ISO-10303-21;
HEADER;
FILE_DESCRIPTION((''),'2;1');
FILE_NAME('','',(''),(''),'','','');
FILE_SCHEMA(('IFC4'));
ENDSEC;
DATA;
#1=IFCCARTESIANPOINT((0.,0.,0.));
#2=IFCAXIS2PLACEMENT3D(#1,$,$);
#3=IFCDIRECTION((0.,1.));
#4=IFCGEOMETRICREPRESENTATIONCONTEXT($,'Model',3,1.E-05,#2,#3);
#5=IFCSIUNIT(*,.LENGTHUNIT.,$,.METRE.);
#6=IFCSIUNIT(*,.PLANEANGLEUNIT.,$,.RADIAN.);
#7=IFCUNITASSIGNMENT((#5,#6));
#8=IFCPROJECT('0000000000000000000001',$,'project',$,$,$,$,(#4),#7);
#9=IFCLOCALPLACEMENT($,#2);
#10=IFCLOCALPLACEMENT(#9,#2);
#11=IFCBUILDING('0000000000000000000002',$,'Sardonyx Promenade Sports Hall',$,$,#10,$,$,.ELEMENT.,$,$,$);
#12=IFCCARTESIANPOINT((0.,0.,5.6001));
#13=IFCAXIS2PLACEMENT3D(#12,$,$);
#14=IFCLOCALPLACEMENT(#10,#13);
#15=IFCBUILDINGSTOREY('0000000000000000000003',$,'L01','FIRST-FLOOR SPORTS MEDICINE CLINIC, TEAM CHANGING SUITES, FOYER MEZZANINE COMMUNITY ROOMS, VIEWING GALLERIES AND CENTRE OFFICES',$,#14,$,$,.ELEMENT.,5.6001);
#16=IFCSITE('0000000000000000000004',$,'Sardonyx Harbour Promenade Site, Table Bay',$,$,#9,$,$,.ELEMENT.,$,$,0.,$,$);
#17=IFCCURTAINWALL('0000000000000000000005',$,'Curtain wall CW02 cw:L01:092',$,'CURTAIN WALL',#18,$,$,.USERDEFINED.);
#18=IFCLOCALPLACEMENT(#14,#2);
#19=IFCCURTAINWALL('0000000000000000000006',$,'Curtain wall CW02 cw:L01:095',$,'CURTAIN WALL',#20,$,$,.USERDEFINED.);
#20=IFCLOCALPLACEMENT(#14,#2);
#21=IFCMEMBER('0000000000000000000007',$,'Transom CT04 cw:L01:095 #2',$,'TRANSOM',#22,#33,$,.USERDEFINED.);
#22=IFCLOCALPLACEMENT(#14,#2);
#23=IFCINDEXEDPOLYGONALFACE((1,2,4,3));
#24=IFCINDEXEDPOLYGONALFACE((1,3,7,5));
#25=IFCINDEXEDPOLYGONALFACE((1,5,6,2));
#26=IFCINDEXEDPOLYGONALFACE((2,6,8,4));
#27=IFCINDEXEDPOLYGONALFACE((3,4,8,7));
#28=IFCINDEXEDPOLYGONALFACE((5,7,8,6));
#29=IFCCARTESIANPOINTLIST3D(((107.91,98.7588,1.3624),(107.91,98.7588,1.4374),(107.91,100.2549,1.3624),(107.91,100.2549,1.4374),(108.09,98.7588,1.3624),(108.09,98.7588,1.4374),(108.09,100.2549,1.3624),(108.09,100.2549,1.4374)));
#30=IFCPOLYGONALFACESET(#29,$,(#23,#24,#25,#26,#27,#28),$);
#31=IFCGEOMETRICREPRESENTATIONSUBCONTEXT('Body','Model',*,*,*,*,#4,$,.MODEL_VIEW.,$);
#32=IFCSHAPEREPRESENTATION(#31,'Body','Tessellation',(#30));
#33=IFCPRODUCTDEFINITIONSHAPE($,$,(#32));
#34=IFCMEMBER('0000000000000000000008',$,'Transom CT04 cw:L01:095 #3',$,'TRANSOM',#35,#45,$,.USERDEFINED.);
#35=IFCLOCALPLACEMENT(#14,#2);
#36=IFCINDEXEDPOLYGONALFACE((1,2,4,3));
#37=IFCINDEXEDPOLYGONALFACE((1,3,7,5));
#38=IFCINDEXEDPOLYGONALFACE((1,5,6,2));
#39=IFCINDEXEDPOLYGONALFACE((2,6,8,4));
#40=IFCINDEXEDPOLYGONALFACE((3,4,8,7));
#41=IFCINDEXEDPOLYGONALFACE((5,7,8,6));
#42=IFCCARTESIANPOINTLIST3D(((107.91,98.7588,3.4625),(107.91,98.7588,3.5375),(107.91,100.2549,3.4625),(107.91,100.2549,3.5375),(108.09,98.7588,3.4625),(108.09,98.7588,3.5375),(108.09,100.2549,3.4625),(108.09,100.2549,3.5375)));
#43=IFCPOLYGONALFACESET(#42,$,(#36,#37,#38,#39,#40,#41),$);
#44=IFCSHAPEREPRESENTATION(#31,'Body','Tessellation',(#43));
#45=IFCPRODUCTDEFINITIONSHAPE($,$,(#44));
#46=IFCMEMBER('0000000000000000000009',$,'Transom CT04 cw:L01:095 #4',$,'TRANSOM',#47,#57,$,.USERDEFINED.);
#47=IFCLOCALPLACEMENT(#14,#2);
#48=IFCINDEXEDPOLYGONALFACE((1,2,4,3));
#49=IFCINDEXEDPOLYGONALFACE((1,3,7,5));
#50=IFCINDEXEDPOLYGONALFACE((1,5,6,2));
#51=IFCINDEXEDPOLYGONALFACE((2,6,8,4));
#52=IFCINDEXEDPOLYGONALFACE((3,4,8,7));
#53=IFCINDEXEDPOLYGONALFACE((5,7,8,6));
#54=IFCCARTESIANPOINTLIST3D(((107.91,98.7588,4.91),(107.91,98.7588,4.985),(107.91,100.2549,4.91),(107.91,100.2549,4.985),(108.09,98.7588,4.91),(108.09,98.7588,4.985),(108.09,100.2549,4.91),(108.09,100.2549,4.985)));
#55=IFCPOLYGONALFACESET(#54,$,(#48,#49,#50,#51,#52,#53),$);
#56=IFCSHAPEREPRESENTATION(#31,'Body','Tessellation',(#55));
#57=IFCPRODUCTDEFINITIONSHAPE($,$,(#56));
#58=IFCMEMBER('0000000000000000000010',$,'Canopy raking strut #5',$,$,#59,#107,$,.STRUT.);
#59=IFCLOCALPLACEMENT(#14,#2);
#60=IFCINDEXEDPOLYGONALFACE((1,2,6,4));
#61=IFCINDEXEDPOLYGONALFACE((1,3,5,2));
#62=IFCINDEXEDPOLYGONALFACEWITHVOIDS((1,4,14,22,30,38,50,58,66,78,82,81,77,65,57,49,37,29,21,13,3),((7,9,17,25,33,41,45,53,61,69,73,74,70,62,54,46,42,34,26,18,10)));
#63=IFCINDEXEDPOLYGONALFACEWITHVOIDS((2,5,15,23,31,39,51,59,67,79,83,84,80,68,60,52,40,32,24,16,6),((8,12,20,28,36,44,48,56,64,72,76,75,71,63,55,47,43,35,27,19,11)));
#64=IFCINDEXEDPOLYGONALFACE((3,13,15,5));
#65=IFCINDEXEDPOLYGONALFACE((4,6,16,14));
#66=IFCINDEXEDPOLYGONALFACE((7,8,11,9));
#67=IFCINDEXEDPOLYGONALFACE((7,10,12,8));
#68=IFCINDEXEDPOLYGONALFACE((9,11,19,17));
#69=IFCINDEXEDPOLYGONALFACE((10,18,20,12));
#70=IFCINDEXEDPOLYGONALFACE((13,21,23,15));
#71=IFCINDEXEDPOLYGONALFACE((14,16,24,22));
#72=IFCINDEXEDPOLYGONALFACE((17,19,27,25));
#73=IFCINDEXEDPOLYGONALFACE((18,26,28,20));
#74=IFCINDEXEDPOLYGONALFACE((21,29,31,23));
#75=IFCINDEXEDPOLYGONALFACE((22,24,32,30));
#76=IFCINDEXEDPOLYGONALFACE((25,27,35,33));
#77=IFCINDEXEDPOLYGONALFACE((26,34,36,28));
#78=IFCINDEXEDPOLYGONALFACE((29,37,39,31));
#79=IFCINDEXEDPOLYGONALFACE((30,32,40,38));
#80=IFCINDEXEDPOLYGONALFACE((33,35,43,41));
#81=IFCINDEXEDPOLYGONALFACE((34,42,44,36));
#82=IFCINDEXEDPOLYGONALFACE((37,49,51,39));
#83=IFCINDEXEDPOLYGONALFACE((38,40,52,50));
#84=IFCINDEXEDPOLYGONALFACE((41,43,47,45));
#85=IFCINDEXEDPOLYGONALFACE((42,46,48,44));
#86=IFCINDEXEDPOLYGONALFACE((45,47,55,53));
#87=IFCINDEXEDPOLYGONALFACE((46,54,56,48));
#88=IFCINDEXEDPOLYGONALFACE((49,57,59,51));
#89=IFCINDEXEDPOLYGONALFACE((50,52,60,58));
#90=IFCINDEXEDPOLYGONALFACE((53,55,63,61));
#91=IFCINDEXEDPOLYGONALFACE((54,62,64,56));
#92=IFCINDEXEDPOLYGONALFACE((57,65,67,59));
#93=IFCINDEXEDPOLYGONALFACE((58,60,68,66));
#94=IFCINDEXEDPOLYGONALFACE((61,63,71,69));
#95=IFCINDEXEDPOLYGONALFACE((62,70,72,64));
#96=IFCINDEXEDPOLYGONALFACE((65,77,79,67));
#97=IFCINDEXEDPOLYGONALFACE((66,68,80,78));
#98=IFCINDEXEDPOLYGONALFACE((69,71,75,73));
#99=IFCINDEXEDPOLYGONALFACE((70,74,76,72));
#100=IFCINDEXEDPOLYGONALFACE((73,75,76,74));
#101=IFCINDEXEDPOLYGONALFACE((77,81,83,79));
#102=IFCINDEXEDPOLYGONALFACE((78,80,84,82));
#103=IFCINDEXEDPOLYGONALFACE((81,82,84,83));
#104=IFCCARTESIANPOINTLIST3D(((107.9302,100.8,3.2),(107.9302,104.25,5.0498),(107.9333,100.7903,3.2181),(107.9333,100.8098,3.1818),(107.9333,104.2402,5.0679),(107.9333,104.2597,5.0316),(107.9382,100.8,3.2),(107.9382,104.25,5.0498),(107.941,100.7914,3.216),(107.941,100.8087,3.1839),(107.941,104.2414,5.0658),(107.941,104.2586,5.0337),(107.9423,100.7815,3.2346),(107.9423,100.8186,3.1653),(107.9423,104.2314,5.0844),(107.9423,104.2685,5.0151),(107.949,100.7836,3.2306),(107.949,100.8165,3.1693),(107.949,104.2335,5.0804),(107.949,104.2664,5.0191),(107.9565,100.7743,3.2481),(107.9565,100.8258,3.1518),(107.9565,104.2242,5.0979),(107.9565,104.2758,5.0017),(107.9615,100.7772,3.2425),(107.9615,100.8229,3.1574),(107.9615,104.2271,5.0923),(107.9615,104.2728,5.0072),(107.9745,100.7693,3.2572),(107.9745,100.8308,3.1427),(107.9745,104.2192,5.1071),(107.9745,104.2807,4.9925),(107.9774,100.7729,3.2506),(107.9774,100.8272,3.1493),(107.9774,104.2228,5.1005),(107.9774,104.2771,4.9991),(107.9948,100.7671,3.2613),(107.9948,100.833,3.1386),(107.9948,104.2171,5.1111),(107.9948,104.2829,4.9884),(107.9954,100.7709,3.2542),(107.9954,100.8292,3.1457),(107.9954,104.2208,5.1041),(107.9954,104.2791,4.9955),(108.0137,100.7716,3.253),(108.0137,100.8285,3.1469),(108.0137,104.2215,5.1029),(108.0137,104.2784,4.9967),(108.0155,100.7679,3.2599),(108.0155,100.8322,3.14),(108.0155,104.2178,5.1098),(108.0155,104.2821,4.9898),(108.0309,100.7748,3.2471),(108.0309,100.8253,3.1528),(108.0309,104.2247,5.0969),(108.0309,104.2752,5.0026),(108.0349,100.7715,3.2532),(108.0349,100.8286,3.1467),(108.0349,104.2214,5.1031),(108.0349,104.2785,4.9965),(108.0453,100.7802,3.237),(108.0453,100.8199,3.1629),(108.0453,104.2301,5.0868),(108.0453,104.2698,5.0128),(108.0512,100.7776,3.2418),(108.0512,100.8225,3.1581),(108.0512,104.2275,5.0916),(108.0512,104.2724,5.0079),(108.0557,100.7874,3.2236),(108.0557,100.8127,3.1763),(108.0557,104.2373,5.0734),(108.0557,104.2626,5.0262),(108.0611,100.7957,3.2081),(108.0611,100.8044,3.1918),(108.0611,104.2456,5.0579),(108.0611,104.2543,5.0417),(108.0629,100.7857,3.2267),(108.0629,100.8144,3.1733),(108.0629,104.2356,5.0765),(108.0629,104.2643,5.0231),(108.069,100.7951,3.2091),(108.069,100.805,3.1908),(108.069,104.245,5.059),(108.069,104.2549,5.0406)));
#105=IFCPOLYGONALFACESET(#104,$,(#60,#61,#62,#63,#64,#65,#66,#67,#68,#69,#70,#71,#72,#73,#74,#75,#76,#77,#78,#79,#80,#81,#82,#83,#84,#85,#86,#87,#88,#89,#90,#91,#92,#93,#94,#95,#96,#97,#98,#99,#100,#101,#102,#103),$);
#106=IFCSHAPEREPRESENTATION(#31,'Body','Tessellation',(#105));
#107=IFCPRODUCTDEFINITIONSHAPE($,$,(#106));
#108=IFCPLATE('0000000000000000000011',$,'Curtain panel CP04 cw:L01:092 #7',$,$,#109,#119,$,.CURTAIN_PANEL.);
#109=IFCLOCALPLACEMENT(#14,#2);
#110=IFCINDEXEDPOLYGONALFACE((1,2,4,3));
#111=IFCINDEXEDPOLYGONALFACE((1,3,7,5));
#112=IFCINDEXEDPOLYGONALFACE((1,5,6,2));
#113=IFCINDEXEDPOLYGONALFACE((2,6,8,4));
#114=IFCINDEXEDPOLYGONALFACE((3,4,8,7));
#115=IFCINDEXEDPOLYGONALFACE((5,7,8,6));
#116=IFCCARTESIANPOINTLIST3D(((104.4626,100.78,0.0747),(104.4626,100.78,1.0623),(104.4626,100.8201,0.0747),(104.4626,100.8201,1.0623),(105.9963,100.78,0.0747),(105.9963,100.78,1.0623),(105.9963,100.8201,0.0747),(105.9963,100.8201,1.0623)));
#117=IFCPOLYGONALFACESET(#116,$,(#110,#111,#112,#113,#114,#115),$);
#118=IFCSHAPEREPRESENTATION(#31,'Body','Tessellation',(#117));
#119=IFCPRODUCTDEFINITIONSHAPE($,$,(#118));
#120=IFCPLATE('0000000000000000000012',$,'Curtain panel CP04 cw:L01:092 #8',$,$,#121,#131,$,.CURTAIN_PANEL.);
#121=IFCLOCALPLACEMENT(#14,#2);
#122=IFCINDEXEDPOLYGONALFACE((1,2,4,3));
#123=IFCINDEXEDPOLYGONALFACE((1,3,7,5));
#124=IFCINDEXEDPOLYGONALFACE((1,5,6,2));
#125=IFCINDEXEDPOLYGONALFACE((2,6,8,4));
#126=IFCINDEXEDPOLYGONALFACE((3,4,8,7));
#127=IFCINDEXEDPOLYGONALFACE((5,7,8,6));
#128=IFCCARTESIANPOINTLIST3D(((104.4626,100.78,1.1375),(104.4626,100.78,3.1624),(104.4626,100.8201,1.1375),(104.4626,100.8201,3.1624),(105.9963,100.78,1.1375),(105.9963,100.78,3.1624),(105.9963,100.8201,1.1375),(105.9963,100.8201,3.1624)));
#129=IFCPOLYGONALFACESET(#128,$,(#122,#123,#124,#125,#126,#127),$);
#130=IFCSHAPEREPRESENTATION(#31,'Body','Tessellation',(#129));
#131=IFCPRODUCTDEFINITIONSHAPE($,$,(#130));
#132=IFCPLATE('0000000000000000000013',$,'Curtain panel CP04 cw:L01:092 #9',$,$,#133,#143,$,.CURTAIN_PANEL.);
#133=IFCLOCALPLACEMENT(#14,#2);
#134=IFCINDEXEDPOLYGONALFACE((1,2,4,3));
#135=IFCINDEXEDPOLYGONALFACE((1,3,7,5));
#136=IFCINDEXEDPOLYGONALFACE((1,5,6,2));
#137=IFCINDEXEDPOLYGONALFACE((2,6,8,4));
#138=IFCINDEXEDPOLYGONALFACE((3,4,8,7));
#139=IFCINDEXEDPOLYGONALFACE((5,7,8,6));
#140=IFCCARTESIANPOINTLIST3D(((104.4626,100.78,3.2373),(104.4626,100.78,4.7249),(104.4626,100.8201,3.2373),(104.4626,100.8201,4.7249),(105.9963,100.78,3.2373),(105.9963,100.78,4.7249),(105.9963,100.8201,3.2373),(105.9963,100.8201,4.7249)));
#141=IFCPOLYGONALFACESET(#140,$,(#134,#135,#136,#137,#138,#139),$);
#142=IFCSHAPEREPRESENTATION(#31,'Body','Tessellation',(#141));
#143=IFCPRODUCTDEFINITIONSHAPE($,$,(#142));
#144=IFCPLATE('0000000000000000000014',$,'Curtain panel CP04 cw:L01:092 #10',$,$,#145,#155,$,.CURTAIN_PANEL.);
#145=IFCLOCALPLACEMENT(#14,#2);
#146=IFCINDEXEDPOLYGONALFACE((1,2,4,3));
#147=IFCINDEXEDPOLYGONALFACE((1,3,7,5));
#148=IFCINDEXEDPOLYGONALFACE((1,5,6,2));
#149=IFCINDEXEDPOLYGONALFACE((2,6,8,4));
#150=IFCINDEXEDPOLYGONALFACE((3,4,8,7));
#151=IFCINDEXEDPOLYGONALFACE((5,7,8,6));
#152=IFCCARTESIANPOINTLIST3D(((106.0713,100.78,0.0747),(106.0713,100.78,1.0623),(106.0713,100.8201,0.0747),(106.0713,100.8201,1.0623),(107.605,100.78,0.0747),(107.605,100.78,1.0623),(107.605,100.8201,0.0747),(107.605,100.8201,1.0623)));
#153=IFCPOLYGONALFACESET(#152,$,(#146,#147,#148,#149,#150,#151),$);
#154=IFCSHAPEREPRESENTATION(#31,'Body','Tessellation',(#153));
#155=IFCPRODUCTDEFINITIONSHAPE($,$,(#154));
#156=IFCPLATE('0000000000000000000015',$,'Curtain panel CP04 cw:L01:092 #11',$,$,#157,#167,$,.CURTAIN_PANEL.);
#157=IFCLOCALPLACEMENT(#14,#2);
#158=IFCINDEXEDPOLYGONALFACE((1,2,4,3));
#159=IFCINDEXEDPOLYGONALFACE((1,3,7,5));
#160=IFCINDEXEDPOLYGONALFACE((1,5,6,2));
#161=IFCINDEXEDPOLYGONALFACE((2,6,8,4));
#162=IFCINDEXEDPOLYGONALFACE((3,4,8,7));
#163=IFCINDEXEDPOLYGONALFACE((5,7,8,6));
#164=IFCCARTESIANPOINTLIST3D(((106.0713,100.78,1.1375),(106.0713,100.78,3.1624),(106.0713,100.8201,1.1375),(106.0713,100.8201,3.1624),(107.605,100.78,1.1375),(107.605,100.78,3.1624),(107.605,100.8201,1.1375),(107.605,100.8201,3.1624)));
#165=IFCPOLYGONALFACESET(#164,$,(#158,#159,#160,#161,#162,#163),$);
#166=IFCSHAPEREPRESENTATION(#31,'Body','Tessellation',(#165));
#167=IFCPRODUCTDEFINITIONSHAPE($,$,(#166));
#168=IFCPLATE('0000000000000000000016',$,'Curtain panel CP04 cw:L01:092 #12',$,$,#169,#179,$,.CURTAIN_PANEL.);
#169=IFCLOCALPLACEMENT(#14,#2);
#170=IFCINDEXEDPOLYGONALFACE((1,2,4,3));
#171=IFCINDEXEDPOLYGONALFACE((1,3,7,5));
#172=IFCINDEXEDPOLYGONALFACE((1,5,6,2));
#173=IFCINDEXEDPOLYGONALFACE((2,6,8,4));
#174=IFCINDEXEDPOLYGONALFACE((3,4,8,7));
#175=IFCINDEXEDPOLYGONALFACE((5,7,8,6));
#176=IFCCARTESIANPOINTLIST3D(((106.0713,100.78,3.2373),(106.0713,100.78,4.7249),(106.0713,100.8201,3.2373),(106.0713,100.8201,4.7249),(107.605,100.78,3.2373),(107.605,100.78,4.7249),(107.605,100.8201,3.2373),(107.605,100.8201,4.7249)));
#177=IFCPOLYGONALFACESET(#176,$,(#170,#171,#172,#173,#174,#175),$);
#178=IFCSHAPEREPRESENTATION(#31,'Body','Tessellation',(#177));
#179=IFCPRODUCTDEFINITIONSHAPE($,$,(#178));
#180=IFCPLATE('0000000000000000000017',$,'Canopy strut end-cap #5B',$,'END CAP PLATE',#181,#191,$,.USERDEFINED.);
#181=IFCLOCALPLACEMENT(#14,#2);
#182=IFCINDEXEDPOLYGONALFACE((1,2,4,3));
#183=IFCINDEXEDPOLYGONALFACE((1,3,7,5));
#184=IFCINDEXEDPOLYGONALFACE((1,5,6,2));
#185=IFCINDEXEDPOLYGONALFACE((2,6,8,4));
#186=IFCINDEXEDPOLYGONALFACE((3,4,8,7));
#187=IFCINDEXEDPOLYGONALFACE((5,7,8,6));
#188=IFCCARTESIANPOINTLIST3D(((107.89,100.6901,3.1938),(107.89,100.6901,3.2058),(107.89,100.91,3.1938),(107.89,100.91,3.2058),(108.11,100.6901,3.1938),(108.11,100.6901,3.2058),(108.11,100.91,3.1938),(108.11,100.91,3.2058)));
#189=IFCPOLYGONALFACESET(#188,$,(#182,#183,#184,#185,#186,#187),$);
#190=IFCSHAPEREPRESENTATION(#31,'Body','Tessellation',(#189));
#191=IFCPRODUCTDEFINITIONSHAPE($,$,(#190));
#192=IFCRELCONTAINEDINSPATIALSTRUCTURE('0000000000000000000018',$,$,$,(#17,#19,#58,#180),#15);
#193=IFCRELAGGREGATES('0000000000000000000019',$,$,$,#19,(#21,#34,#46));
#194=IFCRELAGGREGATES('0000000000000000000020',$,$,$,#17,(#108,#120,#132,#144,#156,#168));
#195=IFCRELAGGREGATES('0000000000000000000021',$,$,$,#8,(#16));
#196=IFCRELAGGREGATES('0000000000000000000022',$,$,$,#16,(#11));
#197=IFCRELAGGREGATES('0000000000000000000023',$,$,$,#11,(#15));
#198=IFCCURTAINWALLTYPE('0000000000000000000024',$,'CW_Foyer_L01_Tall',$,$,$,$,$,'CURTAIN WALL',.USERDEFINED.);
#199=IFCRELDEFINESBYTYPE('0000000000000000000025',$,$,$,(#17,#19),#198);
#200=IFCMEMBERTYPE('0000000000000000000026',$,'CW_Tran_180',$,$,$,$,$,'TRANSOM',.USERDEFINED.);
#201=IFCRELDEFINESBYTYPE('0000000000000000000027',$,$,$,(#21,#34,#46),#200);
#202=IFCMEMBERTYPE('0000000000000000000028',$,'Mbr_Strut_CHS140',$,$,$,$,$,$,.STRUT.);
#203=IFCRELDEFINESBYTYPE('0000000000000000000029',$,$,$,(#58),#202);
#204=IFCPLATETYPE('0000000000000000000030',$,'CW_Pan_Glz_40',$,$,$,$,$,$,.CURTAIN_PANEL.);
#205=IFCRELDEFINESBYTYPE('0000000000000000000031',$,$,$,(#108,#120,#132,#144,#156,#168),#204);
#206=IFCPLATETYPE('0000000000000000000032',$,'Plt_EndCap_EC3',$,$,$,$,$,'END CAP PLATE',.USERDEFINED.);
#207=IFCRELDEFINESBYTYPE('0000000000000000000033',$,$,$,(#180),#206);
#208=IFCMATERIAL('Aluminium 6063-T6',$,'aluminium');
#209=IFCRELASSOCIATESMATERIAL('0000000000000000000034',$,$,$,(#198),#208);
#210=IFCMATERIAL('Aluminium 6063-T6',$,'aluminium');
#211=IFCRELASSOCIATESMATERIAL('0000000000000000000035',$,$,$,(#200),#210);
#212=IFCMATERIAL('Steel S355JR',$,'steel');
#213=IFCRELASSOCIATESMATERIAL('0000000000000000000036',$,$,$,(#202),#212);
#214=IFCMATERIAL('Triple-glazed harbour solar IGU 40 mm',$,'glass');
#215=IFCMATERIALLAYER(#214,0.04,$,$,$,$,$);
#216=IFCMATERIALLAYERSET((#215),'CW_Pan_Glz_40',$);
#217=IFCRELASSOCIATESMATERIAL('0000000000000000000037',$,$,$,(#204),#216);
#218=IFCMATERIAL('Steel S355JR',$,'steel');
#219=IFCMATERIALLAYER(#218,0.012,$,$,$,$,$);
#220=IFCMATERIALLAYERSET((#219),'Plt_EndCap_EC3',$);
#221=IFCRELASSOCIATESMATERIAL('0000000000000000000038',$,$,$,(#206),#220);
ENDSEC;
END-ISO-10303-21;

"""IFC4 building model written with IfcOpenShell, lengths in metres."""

from ifc_helpers import new_model, si_unit, direction, frame, origin, origin_2d, place, context, subcontext, project, spatial, rectangle, hollow_circle, extrude, material, layer, layer_set, material_profile, profile_set, type_object, element, aggregate, save


model = new_model("IFC4")

# Units and contexts
model_context = context("Model", 3, precision=1e-05, world=origin(), true_north=direction((0.0, 1.0)))
body_context = subcontext(model_context, "Body", "Model", "MODEL_VIEW")
ifc_project = project(units=[si_unit("LENGTHUNIT", "METRE"), si_unit("PLANEANGLEUNIT", "RADIAN")], contexts=[model_context])

# Site, building, storey
site_placement = place(None, origin())
site = spatial("IfcSite", under=ifc_project, at=site_placement, Name="Sardonyx Harbour Promenade Site, Table Bay", CompositionType="ELEMENT", RefElevation=0.0)
building_placement = place(site_placement, origin())
building = spatial("IfcBuilding", under=site, at=building_placement, Name="Sardonyx Promenade Sports Hall", CompositionType="ELEMENT")
storey_placement = place(building_placement, frame((0.0, 0.0, 5.6001)))
storey = spatial("IfcBuildingStorey", under=building, at=storey_placement, Name="L01", Description="FIRST-FLOOR SPORTS MEDICINE CLINIC, TEAM CHANGING SUITES, FOYER MEZZANINE COMMUNITY ROOMS, VIEWING GALLERIES AND CENTRE OFFICES", CompositionType="ELEMENT", Elevation=5.6001)

# Curtain wall
ifc_material_1 = material(Name="Aluminium 6063-T6", Category="aluminium")
curtain_wall_type = type_object("IfcCurtainWallType", Name="CW_Foyer_L01_Tall", ElementType="CURTAIN WALL", PredefinedType="USERDEFINED", material=ifc_material_1)
curtain_wall_1_placement = place(storey_placement, origin())
curtain_wall_1 = element("IfcCurtainWall", 1, at=curtain_wall_1_placement, inside=storey, type_object=curtain_wall_type, Name="Curtain wall CW02 cw:L01:092", ObjectType="CURTAIN WALL", PredefinedType="USERDEFINED")

# Curtain wall
curtain_wall_2_placement = place(storey_placement, origin())
curtain_wall_2 = element("IfcCurtainWall", 2, at=curtain_wall_2_placement, inside=storey, type_object=curtain_wall_type, Name="Curtain wall CW02 cw:L01:095", ObjectType="CURTAIN WALL", PredefinedType="USERDEFINED")

# Members
ifc_material_2 = material(Name="Aluminium 6063-T6", Category="aluminium")
ifc_material_profile_1 = material_profile(ifc_material_2, rectangle(XDim=0.075, YDim=0.1799, at=origin_2d()))
ifc_profile_set_1 = profile_set([ifc_material_profile_1], Name="Aluminium 6063-T6")
member_type_1 = type_object("IfcMemberType", Name="CW_Tran_180", ElementType="TRANSOM", PredefinedType="USERDEFINED", material=ifc_profile_set_1)
member_1_placement = place(storey_placement, frame((108.0, 100.2549, 1.3999), z_axis=(0.0, -1.0, 0.0), x_axis=(0.0, 0.0, 1.0)))
member_1 = element("IfcMember", 3, at=member_1_placement, type_object=member_type_1, Name="Transom CT04 cw:L01:095 #2", ObjectType="TRANSOM", PredefinedType="USERDEFINED", context=body_context, shape_type="SweptSolid", body=[
    extrude(rectangle(XDim=0.075, YDim=0.1799, at=origin_2d()), origin(), (0.0, 0.0, 1.0), 1.4961),
])
member_2_placement = place(storey_placement, frame((108.0, 100.2549, 3.5), z_axis=(0.0, -1.0, 0.0), x_axis=(0.0, 0.0, 1.0)))
member_2 = element("IfcMember", 4, at=member_2_placement, type_object=member_type_1, Name="Transom CT04 cw:L01:095 #3", ObjectType="TRANSOM", PredefinedType="USERDEFINED", context=body_context, shape_type="SweptSolid", body=[
    extrude(rectangle(XDim=0.075, YDim=0.1799, at=origin_2d()), origin(), (0.0, 0.0, 1.0), 1.4961),
])
member_3_placement = place(storey_placement, frame((108.0, 100.2549, 4.9475), z_axis=(0.0, -1.0, 0.0), x_axis=(0.0, 0.0, 1.0)))
member_3 = element("IfcMember", 5, at=member_3_placement, type_object=member_type_1, Name="Transom CT04 cw:L01:095 #4", ObjectType="TRANSOM", PredefinedType="USERDEFINED", context=body_context, shape_type="SweptSolid", body=[
    extrude(rectangle(XDim=0.075, YDim=0.1799, at=origin_2d()), origin(), (0.0, 0.0, 1.0), 1.4961),
])
aggregate(curtain_wall_2, [member_1, member_2, member_3])
ifc_material_3 = material(Name="Steel S355JR", Category="steel")
ifc_material_profile_2 = material_profile(ifc_material_3, hollow_circle(Radius=0.0698, WallThickness=0.0081, at=origin_2d()))
ifc_profile_set_2 = profile_set([ifc_material_profile_2], Name="Steel S355JR")
member_type_2 = type_object("IfcMemberType", Name="Mbr_Strut_CHS140", PredefinedType="STRUT", material=ifc_profile_set_2)
member_4_placement = place(storey_placement, frame((108.0, 100.8, 3.2), z_axis=(0.0, 0.881303, 0.472552), x_axis=(-1.0, 0.0, 0.0)))
element("IfcMember", 6, at=member_4_placement, inside=storey, type_object=member_type_2, Name="Canopy raking strut #5", PredefinedType="STRUT", context=body_context, shape_type="SweptSolid", body=[
    extrude(hollow_circle(Radius=0.0698, WallThickness=0.0081, at=origin_2d()), origin(), (0.0, 0.0, 1.0), 3.9146),
])

# Plates
ifc_material_4 = material(Name="Triple-glazed harbour solar IGU 40 mm", Category="glass")
ifc_layer_1 = layer(ifc_material_4, 0.04)
ifc_layer_set_1 = layer_set([ifc_layer_1], Name="CW_Pan_Glz_40")
plate_type_1 = type_object("IfcPlateType", Name="CW_Pan_Glz_40", PredefinedType="CURTAIN_PANEL", material=ifc_layer_set_1)
plate_1_placement = place(storey_placement, frame((105.2295, 100.8, 0.0747), z_axis=(0.0, 0.0, 1.0), x_axis=(1.0, 0.0, 0.0)))
plate_1 = element("IfcPlate", 7, at=plate_1_placement, type_object=plate_type_1, Name="Curtain panel CP04 cw:L01:092 #7", PredefinedType="CURTAIN_PANEL", context=body_context, shape_type="SweptSolid", body=[
    extrude(rectangle(XDim=1.5337, YDim=0.04, at=origin_2d()), origin(), (0.0, 0.0, 1.0), 0.9875),
])
plate_2_placement = place(storey_placement, frame((105.2295, 100.8, 1.1375), z_axis=(0.0, 0.0, 1.0), x_axis=(1.0, 0.0, 0.0)))
plate_2 = element("IfcPlate", 8, at=plate_2_placement, type_object=plate_type_1, Name="Curtain panel CP04 cw:L01:092 #8", PredefinedType="CURTAIN_PANEL", context=body_context, shape_type="SweptSolid", body=[
    extrude(rectangle(XDim=1.5337, YDim=0.04, at=origin_2d()), origin(), (0.0, 0.0, 1.0), 2.0249),
])
plate_3_placement = place(storey_placement, frame((105.2295, 100.8, 3.2373), z_axis=(0.0, 0.0, 1.0), x_axis=(1.0, 0.0, 0.0)))
plate_3 = element("IfcPlate", 9, at=plate_3_placement, type_object=plate_type_1, Name="Curtain panel CP04 cw:L01:092 #9", PredefinedType="CURTAIN_PANEL", context=body_context, shape_type="SweptSolid", body=[
    extrude(rectangle(XDim=1.5337, YDim=0.04, at=origin_2d()), origin(), (0.0, 0.0, 1.0), 1.4875),
])
plate_4_placement = place(storey_placement, frame((106.8381, 100.8, 0.0747), z_axis=(0.0, 0.0, 1.0), x_axis=(1.0, 0.0, 0.0)))
plate_4 = element("IfcPlate", 10, at=plate_4_placement, type_object=plate_type_1, Name="Curtain panel CP04 cw:L01:092 #10", PredefinedType="CURTAIN_PANEL", context=body_context, shape_type="SweptSolid", body=[
    extrude(rectangle(XDim=1.5337, YDim=0.04, at=origin_2d()), origin(), (0.0, 0.0, 1.0), 0.9875),
])
plate_5_placement = place(storey_placement, frame((106.8381, 100.8, 1.1375), z_axis=(0.0, 0.0, 1.0), x_axis=(1.0, 0.0, 0.0)))
plate_5 = element("IfcPlate", 11, at=plate_5_placement, type_object=plate_type_1, Name="Curtain panel CP04 cw:L01:092 #11", PredefinedType="CURTAIN_PANEL", context=body_context, shape_type="SweptSolid", body=[
    extrude(rectangle(XDim=1.5337, YDim=0.04, at=origin_2d()), origin(), (0.0, 0.0, 1.0), 2.0249),
])
plate_6_placement = place(storey_placement, frame((106.8381, 100.8, 3.2373), z_axis=(0.0, 0.0, 1.0), x_axis=(1.0, 0.0, 0.0)))
plate_6 = element("IfcPlate", 12, at=plate_6_placement, type_object=plate_type_1, Name="Curtain panel CP04 cw:L01:092 #12", PredefinedType="CURTAIN_PANEL", context=body_context, shape_type="SweptSolid", body=[
    extrude(rectangle(XDim=1.5337, YDim=0.04, at=origin_2d()), origin(), (0.0, 0.0, 1.0), 1.4875),
])
aggregate(curtain_wall_1, [plate_1, plate_2, plate_3, plate_4, plate_5, plate_6])

# Plate
ifc_material_5 = material(Name="Steel S355JR", Category="steel")
ifc_layer_2 = layer(ifc_material_5, 0.012)
ifc_layer_set_2 = layer_set([ifc_layer_2], Name="Plt_EndCap_EC3")
plate_type_2 = type_object("IfcPlateType", Name="Plt_EndCap_EC3", ElementType="END CAP PLATE", PredefinedType="USERDEFINED", material=ifc_layer_set_2)
for number, where, z_axis, x_axis, name in (
    (13, (108.0, 100.8, 3.1938), (0.0, 0.0, 1.0), (1.0, 0.0, 0.0), "Canopy strut end-cap #5B"),
):
    element("IfcPlate", number, at=place(storey_placement, frame(where, z_axis=z_axis, x_axis=x_axis)), inside=storey, type_object=plate_type_2, Name=name, ObjectType="END CAP PLATE", PredefinedType="USERDEFINED", context=body_context, shape_type="SweptSolid", body=[
        extrude(rectangle(XDim=0.22, YDim=0.22, at=origin_2d()), origin(), (0.0, 0.0, 1.0), 0.012),
    ])

save(model, "model.ifc")
